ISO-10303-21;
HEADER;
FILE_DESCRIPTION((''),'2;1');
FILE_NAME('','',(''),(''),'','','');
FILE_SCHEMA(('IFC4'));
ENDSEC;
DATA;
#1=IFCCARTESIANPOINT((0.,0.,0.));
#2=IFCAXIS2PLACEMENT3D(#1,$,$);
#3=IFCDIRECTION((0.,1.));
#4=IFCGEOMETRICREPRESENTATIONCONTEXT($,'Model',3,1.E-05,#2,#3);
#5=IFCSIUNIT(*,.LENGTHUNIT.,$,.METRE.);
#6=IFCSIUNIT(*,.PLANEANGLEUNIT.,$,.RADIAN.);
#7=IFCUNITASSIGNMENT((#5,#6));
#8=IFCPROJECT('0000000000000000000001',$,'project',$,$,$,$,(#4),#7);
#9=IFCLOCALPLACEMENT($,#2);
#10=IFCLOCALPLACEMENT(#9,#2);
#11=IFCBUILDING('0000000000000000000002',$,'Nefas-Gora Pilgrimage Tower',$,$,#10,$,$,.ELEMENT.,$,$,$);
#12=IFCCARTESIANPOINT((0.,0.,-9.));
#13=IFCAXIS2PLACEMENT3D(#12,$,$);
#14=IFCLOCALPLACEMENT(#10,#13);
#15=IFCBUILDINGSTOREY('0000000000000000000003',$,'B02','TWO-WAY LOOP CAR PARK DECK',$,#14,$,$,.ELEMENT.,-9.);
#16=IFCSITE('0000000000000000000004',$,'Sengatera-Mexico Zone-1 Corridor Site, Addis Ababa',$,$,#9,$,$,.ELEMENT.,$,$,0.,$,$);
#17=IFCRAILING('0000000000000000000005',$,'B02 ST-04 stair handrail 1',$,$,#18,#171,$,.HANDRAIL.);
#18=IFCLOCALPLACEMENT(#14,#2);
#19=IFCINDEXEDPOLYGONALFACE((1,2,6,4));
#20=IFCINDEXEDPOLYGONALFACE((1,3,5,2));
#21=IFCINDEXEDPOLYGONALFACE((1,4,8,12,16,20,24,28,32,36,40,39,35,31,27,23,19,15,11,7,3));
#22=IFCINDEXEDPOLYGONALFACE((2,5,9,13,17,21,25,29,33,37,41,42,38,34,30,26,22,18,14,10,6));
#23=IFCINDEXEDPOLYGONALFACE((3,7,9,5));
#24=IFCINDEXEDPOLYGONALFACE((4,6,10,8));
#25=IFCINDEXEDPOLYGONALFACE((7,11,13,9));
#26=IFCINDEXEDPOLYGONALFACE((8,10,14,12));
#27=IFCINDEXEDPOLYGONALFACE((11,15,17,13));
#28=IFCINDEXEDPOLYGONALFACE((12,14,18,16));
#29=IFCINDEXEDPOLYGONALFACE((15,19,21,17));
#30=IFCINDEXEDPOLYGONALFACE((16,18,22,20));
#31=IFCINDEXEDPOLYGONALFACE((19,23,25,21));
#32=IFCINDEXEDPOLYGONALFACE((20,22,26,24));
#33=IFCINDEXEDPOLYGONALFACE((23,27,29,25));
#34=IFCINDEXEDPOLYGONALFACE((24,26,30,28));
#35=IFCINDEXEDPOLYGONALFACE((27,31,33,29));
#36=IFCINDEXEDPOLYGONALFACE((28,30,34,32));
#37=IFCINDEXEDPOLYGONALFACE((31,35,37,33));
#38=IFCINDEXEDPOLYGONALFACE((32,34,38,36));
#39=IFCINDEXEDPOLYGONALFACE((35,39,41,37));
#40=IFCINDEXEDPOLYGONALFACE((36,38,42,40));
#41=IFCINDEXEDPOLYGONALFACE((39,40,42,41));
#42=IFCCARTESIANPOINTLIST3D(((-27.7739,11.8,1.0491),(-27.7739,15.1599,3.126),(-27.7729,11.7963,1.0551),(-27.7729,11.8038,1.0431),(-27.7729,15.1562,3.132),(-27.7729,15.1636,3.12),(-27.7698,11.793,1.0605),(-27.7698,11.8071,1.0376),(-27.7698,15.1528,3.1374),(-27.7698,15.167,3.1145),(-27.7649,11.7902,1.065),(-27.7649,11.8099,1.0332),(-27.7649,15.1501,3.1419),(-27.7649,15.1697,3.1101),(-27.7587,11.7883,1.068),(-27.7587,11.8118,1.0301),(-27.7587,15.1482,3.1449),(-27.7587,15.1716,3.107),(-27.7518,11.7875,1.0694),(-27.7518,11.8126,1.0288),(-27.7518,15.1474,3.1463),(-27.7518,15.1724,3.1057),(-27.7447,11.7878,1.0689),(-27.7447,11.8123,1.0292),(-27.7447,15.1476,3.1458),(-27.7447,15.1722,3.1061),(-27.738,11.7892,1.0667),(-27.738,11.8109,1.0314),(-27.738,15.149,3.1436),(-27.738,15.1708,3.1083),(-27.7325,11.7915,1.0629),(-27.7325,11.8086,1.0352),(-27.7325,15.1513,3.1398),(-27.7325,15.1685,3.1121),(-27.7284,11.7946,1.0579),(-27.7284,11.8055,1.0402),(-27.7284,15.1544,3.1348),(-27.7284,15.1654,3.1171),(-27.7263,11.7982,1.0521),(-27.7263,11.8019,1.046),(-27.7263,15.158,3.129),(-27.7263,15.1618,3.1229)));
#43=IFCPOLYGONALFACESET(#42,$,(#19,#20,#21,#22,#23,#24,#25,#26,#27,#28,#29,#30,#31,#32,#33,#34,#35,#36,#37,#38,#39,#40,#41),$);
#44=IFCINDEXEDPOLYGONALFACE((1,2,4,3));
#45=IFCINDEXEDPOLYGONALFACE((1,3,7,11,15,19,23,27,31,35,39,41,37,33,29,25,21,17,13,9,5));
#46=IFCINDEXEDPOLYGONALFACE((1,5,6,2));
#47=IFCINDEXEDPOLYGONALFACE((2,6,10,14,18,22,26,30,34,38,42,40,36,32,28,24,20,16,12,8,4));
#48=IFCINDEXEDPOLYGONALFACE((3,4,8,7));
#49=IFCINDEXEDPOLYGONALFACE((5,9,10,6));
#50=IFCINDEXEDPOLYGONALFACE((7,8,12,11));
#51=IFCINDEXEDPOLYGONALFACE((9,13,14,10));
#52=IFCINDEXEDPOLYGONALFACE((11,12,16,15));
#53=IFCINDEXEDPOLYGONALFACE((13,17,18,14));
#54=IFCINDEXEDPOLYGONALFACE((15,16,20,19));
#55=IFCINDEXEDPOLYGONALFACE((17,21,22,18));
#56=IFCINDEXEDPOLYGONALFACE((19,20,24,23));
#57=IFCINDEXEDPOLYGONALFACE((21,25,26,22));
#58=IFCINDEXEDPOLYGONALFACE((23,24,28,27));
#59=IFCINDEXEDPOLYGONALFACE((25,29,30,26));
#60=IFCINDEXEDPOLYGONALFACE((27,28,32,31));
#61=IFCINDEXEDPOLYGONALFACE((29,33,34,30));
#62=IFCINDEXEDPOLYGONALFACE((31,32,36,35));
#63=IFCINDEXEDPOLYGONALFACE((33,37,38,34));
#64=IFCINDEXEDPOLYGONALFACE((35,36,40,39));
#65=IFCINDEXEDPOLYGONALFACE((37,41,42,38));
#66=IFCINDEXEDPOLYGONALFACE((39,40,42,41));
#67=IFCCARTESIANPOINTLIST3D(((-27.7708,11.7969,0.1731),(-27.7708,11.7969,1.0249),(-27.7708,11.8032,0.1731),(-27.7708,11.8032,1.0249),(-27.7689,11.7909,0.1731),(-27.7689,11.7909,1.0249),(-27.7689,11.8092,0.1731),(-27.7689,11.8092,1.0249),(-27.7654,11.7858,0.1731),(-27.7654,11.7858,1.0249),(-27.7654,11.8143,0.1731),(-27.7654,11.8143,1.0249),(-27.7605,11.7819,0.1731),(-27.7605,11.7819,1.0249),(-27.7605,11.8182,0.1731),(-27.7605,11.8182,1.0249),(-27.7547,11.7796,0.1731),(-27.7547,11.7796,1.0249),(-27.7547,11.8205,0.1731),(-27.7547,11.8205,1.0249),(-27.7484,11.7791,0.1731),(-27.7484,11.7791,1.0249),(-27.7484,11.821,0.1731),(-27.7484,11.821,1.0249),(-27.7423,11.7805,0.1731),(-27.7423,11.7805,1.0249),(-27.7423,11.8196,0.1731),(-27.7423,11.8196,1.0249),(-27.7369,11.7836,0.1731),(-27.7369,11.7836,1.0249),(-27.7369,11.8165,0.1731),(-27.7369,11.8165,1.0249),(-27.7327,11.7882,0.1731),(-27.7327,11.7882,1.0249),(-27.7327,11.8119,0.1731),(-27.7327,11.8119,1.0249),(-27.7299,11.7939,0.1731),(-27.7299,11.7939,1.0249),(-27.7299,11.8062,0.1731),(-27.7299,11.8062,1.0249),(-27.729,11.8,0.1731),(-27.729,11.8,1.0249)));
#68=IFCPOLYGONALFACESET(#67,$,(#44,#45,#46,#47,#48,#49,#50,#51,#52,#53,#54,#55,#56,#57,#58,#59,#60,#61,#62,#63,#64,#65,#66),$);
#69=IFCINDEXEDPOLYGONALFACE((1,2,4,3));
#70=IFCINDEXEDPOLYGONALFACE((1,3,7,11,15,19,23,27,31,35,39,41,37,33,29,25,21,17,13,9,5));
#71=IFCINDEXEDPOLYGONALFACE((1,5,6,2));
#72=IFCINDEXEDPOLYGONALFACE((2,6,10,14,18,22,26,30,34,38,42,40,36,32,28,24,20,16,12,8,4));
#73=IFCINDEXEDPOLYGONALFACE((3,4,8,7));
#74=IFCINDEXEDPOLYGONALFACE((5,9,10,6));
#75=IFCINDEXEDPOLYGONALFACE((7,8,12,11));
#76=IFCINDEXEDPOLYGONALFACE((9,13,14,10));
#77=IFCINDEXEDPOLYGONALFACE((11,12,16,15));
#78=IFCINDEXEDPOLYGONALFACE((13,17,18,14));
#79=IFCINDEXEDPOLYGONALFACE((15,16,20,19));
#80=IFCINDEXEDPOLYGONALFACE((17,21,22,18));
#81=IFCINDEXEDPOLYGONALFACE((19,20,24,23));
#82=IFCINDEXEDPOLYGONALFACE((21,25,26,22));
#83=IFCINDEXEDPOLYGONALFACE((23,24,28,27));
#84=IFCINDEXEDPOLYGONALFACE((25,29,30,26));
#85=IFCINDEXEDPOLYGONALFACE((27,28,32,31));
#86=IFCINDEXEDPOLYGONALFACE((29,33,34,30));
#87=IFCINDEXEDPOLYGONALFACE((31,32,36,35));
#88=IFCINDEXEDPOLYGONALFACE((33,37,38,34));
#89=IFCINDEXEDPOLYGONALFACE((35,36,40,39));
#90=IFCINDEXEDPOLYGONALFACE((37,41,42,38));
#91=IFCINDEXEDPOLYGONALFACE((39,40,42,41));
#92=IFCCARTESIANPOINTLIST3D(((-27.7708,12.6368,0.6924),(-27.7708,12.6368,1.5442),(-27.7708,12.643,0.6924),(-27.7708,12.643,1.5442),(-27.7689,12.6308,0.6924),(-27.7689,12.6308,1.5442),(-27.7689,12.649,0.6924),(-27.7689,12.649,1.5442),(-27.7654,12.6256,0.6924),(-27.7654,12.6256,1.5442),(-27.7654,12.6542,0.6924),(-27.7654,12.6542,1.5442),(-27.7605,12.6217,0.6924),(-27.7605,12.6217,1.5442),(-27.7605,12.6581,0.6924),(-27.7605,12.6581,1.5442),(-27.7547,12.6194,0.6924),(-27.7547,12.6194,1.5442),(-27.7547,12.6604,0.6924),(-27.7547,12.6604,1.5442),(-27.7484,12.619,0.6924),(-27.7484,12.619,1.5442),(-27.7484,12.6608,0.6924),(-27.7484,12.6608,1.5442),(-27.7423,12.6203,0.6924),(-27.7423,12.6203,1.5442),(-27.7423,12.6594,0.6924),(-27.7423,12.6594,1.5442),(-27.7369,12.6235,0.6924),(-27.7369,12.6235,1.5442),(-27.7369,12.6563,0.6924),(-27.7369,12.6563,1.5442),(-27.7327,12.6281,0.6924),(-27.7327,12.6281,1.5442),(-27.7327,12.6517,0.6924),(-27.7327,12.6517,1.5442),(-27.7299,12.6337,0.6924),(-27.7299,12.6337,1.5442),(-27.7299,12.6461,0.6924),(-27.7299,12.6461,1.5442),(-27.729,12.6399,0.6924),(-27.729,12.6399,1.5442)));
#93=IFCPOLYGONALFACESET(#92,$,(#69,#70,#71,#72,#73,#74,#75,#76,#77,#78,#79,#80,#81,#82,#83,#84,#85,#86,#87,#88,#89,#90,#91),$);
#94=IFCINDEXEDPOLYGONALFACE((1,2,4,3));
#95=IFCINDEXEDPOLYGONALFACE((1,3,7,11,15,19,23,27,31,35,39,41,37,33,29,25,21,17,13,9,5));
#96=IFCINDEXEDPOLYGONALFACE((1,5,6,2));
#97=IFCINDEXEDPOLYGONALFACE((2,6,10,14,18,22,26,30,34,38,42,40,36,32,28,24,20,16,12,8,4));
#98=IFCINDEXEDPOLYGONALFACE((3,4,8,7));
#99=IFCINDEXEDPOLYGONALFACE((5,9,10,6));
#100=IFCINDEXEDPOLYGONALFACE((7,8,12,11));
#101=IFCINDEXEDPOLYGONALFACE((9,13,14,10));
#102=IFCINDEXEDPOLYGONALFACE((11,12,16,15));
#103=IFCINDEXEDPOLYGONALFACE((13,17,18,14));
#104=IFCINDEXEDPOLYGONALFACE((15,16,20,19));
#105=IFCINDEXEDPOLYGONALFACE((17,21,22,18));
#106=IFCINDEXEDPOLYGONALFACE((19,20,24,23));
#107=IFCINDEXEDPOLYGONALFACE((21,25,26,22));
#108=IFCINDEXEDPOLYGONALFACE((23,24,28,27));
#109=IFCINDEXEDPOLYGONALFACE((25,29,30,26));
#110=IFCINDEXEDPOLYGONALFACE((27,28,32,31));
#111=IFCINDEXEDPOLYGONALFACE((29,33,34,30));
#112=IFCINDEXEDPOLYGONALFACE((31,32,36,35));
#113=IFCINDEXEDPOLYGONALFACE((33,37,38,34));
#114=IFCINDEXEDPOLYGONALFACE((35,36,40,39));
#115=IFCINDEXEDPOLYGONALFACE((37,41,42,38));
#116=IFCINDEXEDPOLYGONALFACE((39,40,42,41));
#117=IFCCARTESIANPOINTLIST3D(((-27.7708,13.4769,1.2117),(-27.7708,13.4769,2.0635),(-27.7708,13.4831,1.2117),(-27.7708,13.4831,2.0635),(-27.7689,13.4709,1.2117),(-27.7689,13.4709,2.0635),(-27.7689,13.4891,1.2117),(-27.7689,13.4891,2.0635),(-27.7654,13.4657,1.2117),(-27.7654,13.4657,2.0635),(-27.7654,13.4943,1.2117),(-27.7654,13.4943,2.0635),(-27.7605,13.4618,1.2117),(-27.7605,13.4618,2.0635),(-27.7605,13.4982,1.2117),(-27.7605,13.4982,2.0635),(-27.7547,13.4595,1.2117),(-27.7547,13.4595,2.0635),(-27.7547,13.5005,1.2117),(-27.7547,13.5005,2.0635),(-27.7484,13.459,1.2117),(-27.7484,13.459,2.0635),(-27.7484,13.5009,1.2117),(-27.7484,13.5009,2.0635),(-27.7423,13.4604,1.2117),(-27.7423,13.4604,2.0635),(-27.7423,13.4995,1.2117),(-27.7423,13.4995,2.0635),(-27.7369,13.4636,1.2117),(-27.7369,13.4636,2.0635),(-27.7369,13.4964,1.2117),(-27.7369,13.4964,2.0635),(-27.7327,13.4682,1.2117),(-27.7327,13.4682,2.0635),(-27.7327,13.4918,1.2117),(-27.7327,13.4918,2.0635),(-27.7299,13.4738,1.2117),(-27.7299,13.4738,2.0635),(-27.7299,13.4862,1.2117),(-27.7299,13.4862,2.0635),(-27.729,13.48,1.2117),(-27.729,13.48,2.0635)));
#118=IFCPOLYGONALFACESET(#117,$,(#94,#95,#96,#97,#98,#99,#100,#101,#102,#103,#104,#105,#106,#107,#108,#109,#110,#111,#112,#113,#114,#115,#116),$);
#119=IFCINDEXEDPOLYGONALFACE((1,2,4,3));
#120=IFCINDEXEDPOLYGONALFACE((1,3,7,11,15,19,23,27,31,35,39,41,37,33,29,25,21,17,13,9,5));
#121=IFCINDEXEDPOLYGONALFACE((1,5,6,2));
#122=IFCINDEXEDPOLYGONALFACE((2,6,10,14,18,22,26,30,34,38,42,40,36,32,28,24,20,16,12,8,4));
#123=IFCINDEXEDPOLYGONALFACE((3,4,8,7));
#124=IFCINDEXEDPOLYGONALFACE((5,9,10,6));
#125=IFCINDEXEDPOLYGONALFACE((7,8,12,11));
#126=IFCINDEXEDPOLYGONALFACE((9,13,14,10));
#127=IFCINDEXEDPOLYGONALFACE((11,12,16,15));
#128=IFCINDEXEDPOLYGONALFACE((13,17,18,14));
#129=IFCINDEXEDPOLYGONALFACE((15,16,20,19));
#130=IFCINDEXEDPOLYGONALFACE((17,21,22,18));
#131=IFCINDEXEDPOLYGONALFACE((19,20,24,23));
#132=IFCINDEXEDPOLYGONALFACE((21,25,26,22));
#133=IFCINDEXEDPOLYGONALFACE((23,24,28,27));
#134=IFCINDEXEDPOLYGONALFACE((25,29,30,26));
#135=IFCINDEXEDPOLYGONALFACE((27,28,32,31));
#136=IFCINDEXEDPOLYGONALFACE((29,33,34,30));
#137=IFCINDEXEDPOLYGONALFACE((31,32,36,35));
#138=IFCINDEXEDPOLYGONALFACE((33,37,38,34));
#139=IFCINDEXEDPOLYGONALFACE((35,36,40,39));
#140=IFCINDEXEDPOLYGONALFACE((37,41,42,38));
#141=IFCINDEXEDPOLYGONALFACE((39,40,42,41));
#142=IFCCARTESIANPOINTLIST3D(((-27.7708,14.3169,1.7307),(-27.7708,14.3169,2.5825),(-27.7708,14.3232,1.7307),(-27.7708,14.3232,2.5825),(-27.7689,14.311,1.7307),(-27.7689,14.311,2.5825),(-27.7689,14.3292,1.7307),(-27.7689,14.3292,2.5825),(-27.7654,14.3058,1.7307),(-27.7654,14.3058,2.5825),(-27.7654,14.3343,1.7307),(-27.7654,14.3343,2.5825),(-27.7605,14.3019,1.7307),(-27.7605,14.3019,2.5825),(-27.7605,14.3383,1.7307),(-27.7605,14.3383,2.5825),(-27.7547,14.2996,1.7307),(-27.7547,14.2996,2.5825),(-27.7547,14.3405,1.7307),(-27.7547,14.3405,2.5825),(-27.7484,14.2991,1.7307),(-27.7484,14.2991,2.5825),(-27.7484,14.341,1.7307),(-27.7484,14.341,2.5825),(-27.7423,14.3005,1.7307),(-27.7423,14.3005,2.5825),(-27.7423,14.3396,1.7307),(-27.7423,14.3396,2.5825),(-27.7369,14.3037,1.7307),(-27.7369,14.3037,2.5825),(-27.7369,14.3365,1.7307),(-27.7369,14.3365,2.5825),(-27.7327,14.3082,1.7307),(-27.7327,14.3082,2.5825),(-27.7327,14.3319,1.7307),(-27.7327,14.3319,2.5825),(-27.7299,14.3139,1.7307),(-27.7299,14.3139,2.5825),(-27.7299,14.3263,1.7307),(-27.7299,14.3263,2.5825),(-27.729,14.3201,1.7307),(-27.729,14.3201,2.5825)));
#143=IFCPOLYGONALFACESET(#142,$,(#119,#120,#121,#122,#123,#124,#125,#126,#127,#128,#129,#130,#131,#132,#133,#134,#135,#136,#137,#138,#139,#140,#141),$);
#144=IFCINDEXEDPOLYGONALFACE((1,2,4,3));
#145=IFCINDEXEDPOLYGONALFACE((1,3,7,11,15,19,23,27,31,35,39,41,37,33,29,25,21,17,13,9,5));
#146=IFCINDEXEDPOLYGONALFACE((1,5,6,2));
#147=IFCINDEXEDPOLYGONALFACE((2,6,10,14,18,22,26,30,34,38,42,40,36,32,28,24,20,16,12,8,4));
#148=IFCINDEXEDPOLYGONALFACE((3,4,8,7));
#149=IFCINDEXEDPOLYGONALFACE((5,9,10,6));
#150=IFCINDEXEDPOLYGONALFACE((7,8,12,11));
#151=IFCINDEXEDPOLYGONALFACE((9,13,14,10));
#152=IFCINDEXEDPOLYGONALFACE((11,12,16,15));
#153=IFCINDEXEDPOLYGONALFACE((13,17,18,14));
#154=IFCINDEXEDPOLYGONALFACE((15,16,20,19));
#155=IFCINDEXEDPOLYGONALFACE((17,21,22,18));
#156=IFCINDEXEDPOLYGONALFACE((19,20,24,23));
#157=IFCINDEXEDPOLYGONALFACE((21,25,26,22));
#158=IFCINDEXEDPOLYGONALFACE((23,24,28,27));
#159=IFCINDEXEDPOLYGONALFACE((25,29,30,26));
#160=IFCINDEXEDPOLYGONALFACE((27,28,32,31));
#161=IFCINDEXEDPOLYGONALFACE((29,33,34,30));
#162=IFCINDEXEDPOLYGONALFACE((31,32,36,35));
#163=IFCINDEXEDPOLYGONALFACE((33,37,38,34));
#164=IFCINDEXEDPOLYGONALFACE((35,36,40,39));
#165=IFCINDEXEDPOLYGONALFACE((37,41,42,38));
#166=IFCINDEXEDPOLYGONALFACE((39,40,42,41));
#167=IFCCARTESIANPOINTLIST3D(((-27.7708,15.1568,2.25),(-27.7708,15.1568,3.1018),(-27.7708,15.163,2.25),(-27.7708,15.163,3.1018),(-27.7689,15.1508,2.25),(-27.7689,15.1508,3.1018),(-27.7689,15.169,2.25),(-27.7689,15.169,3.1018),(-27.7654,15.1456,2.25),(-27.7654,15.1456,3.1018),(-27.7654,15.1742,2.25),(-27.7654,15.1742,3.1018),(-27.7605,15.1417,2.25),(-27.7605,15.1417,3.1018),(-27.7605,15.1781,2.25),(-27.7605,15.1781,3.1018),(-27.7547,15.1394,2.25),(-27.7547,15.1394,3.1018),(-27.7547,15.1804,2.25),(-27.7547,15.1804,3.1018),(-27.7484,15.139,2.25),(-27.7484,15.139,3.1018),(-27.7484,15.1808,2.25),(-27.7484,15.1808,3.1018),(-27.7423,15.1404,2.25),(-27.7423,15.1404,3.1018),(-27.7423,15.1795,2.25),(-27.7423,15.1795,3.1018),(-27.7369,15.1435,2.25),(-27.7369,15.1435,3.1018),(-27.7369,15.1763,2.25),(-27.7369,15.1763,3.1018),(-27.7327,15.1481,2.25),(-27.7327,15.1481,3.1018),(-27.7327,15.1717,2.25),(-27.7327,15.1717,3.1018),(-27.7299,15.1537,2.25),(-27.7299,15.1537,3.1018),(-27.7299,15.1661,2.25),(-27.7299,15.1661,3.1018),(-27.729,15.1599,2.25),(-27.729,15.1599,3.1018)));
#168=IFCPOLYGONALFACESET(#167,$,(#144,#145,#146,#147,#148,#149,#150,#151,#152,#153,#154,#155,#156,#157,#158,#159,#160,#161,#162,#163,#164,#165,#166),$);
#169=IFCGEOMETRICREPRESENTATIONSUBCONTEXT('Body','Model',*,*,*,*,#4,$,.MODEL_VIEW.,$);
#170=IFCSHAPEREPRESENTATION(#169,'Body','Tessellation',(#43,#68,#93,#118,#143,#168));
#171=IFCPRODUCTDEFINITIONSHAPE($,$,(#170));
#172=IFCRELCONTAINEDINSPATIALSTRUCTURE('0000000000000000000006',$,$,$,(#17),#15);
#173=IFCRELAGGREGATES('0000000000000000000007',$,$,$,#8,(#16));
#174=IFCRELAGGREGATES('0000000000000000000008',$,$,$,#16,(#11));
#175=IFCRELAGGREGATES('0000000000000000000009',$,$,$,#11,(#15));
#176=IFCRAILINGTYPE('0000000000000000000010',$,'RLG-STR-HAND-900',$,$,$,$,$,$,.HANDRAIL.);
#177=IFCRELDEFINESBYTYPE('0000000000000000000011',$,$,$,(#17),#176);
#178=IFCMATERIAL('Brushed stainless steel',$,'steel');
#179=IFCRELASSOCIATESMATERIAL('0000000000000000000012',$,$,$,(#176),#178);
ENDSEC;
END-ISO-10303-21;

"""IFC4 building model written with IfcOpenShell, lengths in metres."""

from ifc_helpers import new_model, si_unit, direction, frame, origin, origin_2d, place, context, subcontext, project, spatial, circle, extrude, material, type_object, element, save


model = new_model("IFC4")

# Units and contexts
model_context = context("Model", 3, precision=1e-05, world=origin(), true_north=direction((0.0, 1.0)))
body_context = subcontext(model_context, "Body", "Model", "MODEL_VIEW")
ifc_project = project(units=[si_unit("LENGTHUNIT", "METRE"), si_unit("PLANEANGLEUNIT", "RADIAN")], contexts=[model_context])

# Site, building, storey
site_placement = place(None, origin())
site = spatial("IfcSite", under=ifc_project, at=site_placement, Name="Sengatera-Mexico Zone-1 Corridor Site, Addis Ababa", CompositionType="ELEMENT", RefElevation=0.0)
building_placement = place(site_placement, origin())
building = spatial("IfcBuilding", under=site, at=building_placement, Name="Nefas-Gora Pilgrimage Tower", CompositionType="ELEMENT")
storey_placement = place(building_placement, frame((0.0, 0.0, -9.0)))
storey = spatial("IfcBuildingStorey", under=building, at=storey_placement, Name="B02", Description="TWO-WAY LOOP CAR PARK DECK", CompositionType="ELEMENT", Elevation=-9.0)

# Railing
ifc_material_1 = material(Name="Brushed stainless steel", Category="steel")
railing_type_1 = type_object("IfcRailingType", Name="RLG-STR-HAND-900", PredefinedType="HANDRAIL", material=ifc_material_1)
railing_1_placement = place(storey_placement, frame((-27.75, 11.8, 0.1731)))
element("IfcRailing", 1, at=railing_1_placement, inside=storey, type_object=railing_type_1, Name="B02 ST-04 stair handrail 1", PredefinedType="HANDRAIL", context=body_context, shape_type="SweptSolid", body=[
    extrude(circle(Radius=0.0239, at=origin_2d()), frame((0.0, 0.0, 0.876), z_axis=(0.0, 0.850606, 0.525803), x_axis=(-1.0, 0.0, 0.0)), (0.0, 0.0, 1.0), 3.95),
    extrude(circle(Radius=0.021, at=origin_2d()), origin(), (0.0, 0.0, 1.0), 0.8518),
    extrude(circle(Radius=0.021, at=origin_2d()), frame((0.0, 0.8398, 0.5193)), (0.0, 0.0, 1.0), 0.8518),
    extrude(circle(Radius=0.021, at=origin_2d()), frame((0.0, 1.6799, 1.0386)), (0.0, 0.0, 1.0), 0.8518),
    extrude(circle(Radius=0.021, at=origin_2d()), frame((0.0, 2.52, 1.5576)), (0.0, 0.0, 1.0), 0.8518),
    extrude(circle(Radius=0.021, at=origin_2d()), frame((0.0, 3.3599, 2.0769)), (0.0, 0.0, 1.0), 0.8518),
])

save(model, "model.ifc")
